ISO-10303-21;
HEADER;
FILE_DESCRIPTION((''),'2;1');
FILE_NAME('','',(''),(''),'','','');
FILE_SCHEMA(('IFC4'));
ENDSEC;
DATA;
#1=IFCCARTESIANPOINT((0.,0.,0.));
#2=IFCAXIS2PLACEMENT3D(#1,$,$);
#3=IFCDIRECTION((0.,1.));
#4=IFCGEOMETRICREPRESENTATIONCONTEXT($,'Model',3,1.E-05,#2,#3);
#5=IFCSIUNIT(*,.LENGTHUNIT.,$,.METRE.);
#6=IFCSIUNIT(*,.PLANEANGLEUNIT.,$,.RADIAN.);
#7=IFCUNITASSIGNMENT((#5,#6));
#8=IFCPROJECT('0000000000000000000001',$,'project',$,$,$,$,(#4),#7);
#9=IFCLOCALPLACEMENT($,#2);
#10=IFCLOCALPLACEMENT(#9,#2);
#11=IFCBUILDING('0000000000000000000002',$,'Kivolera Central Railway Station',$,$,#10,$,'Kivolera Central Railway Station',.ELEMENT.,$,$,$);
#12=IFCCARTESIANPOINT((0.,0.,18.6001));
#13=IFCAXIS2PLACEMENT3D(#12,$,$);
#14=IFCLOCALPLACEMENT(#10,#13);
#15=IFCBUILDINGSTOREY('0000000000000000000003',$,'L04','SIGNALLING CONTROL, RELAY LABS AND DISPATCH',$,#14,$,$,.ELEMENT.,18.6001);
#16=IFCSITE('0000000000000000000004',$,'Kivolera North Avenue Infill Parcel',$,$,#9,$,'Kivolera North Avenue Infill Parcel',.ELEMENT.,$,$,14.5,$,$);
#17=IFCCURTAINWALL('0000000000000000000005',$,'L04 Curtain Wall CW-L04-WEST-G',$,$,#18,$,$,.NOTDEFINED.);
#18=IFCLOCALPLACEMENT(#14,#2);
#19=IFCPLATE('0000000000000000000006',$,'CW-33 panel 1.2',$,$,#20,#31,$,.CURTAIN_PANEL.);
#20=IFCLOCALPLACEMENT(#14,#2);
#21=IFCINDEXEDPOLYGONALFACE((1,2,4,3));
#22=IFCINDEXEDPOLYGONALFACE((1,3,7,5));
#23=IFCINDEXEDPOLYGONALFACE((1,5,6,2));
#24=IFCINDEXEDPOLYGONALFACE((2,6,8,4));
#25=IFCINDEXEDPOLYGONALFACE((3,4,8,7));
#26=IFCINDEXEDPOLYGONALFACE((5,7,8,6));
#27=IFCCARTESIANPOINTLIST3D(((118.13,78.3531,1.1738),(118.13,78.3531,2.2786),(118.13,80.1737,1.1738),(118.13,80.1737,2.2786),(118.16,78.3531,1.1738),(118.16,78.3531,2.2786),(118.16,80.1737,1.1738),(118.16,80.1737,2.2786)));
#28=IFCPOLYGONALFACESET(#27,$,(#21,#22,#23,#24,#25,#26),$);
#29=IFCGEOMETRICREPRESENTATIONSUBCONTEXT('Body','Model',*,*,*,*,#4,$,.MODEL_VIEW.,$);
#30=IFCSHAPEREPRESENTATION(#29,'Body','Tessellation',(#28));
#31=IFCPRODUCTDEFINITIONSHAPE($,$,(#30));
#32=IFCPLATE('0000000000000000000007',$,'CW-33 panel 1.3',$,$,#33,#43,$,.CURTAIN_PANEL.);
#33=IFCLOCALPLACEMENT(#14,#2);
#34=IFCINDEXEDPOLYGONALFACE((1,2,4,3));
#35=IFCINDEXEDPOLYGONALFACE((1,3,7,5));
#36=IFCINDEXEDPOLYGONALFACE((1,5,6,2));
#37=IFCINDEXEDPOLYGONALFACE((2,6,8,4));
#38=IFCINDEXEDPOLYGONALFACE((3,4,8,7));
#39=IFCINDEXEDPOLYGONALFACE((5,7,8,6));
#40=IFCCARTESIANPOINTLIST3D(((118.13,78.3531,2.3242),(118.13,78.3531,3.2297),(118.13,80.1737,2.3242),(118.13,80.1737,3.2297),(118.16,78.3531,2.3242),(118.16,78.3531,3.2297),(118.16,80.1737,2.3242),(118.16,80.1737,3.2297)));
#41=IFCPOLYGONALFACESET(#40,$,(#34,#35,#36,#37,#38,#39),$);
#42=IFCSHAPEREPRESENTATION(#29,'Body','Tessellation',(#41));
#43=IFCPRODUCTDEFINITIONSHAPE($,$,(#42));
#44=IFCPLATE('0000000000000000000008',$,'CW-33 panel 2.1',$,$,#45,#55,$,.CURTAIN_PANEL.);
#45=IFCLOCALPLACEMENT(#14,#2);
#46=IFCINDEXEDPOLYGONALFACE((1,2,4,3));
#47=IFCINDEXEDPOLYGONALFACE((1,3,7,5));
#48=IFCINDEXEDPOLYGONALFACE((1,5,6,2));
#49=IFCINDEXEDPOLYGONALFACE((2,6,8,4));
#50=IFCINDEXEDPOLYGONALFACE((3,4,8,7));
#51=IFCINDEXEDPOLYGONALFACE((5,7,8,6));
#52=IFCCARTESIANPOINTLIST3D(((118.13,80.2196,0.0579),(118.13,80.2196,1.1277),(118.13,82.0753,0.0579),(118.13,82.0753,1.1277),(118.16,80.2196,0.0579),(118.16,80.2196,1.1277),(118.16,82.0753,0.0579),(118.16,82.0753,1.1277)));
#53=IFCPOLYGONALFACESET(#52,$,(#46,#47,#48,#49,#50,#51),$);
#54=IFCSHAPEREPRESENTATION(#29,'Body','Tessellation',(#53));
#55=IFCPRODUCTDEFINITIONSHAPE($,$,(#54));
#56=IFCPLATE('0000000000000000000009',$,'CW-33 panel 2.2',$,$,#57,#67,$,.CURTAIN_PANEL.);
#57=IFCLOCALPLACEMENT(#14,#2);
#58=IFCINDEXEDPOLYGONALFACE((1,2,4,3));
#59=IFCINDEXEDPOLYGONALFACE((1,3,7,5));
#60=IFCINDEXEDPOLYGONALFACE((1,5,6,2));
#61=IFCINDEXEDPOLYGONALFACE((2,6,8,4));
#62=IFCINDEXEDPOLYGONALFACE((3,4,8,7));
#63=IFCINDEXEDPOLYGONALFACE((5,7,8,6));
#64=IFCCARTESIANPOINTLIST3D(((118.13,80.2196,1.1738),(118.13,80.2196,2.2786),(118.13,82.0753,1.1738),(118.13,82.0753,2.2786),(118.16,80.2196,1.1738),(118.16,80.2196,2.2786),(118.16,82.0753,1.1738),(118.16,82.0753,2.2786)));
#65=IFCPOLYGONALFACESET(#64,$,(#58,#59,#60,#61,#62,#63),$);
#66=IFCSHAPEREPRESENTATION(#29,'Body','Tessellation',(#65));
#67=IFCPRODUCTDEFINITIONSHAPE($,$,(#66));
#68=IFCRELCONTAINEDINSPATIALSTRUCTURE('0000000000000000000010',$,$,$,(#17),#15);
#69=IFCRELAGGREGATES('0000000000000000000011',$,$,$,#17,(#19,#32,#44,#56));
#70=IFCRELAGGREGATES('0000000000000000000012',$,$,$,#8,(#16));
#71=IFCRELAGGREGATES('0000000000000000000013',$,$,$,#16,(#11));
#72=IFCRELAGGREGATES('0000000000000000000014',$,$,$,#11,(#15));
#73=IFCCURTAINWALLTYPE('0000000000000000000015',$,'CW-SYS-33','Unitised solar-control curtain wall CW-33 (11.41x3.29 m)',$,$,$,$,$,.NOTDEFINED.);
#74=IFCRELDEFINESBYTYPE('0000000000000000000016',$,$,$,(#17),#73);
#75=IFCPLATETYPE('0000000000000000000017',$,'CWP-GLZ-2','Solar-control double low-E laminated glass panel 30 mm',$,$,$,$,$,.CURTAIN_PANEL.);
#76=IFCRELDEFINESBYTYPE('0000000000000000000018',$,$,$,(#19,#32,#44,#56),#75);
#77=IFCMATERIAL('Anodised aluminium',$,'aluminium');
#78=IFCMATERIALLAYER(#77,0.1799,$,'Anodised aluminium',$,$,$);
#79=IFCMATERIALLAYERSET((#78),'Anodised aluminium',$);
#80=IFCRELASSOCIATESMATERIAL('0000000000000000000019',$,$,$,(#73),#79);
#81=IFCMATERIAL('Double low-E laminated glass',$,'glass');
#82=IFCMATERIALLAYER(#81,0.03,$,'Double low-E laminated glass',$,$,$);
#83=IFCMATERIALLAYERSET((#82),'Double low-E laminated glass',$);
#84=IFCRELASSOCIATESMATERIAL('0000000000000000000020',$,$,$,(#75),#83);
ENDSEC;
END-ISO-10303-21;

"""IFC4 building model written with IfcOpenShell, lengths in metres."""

from ifc_helpers import new_model, si_unit, direction, frame, origin, origin_2d, place, context, subcontext, project, spatial, rectangle, extrude, material, layer, layer_set, type_object, element, aggregate, save


model = new_model("IFC4")

# Units and contexts
model_context = context("Model", 3, precision=1e-05, world=origin(), true_north=direction((0.0, 1.0)))
body_context = subcontext(model_context, "Body", "Model", "MODEL_VIEW")
ifc_project = project(units=[si_unit("LENGTHUNIT", "METRE"), si_unit("PLANEANGLEUNIT", "RADIAN")], contexts=[model_context])

# Site, building, storey
site_placement = place(None, origin())
site = spatial("IfcSite", under=ifc_project, at=site_placement, Name="Kivolera North Avenue Infill Parcel", LongName="Kivolera North Avenue Infill Parcel", CompositionType="ELEMENT", RefElevation=14.5)
building_placement = place(site_placement, origin())
building = spatial("IfcBuilding", under=site, at=building_placement, Name="Kivolera Central Railway Station", LongName="Kivolera Central Railway Station", CompositionType="ELEMENT")
storey_placement = place(building_placement, frame((0.0, 0.0, 18.6001)))
storey = spatial("IfcBuildingStorey", under=building, at=storey_placement, Name="L04", Description="SIGNALLING CONTROL, RELAY LABS AND DISPATCH", CompositionType="ELEMENT", Elevation=18.6001)

# Curtain wall
ifc_material_1 = material(Name="Anodised aluminium", Category="aluminium")
ifc_layer_1 = layer(ifc_material_1, 0.1799, Name="Anodised aluminium")
ifc_layer_set_1 = layer_set([ifc_layer_1], Name="Anodised aluminium")
curtain_wall_type = type_object("IfcCurtainWallType", Name="CW-SYS-33", Description="Unitised solar-control curtain wall CW-33 (11.41x3.29 m)", PredefinedType="NOTDEFINED", material=ifc_layer_set_1)
curtain_wall_1_placement = place(storey_placement, origin())
curtain_wall_1 = element("IfcCurtainWall", 1, at=curtain_wall_1_placement, inside=storey, type_object=curtain_wall_type, Name="L04 Curtain Wall CW-L04-WEST-G", PredefinedType="NOTDEFINED")

# Plates
ifc_material_2 = material(Name="Double low-E laminated glass", Category="glass")
ifc_layer_2 = layer(ifc_material_2, 0.03, Name="Double low-E laminated glass")
ifc_layer_set_2 = layer_set([ifc_layer_2], Name="Double low-E laminated glass")
plate_type = type_object("IfcPlateType", Name="CWP-GLZ-2", Description="Solar-control double low-E laminated glass panel 30 mm", PredefinedType="CURTAIN_PANEL", material=ifc_layer_set_2)
plate_1_placement = place(storey_placement, frame((118.145, 79.2634, 1.1738), z_axis=(0.0, 0.0, 1.0), x_axis=(0.0, 1.0, 0.0)))
plate_1 = element("IfcPlate", 2, at=plate_1_placement, type_object=plate_type, Name="CW-33 panel 1.2", PredefinedType="CURTAIN_PANEL", context=body_context, shape_type="SweptSolid", body=[
    extrude(rectangle(XDim=1.8206, YDim=0.03, at=origin_2d()), origin(), (0.0, 0.0, 1.0), 1.1047),
])
plate_2_placement = place(storey_placement, frame((118.145, 79.2634, 2.3242), z_axis=(0.0, 0.0, 1.0), x_axis=(0.0, 1.0, 0.0)))
plate_2 = element("IfcPlate", 3, at=plate_2_placement, type_object=plate_type, Name="CW-33 panel 1.3", PredefinedType="CURTAIN_PANEL", context=body_context, shape_type="SweptSolid", body=[
    extrude(rectangle(XDim=1.8206, YDim=0.03, at=origin_2d()), origin(), (0.0, 0.0, 1.0), 0.9055),
])
plate_3_placement = place(storey_placement, frame((118.145, 81.1475, 0.0579), z_axis=(0.0, 0.0, 1.0), x_axis=(0.0, 1.0, 0.0)))
plate_3 = element("IfcPlate", 4, at=plate_3_placement, type_object=plate_type, Name="CW-33 panel 2.1", PredefinedType="CURTAIN_PANEL", context=body_context, shape_type="SweptSolid", body=[
    extrude(rectangle(XDim=1.8557, YDim=0.03, at=origin_2d()), origin(), (0.0, 0.0, 1.0), 1.0698),
])
plate_4_placement = place(storey_placement, frame((118.145, 81.1475, 1.1738), z_axis=(0.0, 0.0, 1.0), x_axis=(0.0, 1.0, 0.0)))
plate_4 = element("IfcPlate", 5, at=plate_4_placement, type_object=plate_type, Name="CW-33 panel 2.2", PredefinedType="CURTAIN_PANEL", context=body_context, shape_type="SweptSolid", body=[
    extrude(rectangle(XDim=1.8557, YDim=0.03, at=origin_2d()), origin(), (0.0, 0.0, 1.0), 1.1047),
])
aggregate(curtain_wall_1, [plate_1, plate_2, plate_3, plate_4])

save(model, "model.ifc")
